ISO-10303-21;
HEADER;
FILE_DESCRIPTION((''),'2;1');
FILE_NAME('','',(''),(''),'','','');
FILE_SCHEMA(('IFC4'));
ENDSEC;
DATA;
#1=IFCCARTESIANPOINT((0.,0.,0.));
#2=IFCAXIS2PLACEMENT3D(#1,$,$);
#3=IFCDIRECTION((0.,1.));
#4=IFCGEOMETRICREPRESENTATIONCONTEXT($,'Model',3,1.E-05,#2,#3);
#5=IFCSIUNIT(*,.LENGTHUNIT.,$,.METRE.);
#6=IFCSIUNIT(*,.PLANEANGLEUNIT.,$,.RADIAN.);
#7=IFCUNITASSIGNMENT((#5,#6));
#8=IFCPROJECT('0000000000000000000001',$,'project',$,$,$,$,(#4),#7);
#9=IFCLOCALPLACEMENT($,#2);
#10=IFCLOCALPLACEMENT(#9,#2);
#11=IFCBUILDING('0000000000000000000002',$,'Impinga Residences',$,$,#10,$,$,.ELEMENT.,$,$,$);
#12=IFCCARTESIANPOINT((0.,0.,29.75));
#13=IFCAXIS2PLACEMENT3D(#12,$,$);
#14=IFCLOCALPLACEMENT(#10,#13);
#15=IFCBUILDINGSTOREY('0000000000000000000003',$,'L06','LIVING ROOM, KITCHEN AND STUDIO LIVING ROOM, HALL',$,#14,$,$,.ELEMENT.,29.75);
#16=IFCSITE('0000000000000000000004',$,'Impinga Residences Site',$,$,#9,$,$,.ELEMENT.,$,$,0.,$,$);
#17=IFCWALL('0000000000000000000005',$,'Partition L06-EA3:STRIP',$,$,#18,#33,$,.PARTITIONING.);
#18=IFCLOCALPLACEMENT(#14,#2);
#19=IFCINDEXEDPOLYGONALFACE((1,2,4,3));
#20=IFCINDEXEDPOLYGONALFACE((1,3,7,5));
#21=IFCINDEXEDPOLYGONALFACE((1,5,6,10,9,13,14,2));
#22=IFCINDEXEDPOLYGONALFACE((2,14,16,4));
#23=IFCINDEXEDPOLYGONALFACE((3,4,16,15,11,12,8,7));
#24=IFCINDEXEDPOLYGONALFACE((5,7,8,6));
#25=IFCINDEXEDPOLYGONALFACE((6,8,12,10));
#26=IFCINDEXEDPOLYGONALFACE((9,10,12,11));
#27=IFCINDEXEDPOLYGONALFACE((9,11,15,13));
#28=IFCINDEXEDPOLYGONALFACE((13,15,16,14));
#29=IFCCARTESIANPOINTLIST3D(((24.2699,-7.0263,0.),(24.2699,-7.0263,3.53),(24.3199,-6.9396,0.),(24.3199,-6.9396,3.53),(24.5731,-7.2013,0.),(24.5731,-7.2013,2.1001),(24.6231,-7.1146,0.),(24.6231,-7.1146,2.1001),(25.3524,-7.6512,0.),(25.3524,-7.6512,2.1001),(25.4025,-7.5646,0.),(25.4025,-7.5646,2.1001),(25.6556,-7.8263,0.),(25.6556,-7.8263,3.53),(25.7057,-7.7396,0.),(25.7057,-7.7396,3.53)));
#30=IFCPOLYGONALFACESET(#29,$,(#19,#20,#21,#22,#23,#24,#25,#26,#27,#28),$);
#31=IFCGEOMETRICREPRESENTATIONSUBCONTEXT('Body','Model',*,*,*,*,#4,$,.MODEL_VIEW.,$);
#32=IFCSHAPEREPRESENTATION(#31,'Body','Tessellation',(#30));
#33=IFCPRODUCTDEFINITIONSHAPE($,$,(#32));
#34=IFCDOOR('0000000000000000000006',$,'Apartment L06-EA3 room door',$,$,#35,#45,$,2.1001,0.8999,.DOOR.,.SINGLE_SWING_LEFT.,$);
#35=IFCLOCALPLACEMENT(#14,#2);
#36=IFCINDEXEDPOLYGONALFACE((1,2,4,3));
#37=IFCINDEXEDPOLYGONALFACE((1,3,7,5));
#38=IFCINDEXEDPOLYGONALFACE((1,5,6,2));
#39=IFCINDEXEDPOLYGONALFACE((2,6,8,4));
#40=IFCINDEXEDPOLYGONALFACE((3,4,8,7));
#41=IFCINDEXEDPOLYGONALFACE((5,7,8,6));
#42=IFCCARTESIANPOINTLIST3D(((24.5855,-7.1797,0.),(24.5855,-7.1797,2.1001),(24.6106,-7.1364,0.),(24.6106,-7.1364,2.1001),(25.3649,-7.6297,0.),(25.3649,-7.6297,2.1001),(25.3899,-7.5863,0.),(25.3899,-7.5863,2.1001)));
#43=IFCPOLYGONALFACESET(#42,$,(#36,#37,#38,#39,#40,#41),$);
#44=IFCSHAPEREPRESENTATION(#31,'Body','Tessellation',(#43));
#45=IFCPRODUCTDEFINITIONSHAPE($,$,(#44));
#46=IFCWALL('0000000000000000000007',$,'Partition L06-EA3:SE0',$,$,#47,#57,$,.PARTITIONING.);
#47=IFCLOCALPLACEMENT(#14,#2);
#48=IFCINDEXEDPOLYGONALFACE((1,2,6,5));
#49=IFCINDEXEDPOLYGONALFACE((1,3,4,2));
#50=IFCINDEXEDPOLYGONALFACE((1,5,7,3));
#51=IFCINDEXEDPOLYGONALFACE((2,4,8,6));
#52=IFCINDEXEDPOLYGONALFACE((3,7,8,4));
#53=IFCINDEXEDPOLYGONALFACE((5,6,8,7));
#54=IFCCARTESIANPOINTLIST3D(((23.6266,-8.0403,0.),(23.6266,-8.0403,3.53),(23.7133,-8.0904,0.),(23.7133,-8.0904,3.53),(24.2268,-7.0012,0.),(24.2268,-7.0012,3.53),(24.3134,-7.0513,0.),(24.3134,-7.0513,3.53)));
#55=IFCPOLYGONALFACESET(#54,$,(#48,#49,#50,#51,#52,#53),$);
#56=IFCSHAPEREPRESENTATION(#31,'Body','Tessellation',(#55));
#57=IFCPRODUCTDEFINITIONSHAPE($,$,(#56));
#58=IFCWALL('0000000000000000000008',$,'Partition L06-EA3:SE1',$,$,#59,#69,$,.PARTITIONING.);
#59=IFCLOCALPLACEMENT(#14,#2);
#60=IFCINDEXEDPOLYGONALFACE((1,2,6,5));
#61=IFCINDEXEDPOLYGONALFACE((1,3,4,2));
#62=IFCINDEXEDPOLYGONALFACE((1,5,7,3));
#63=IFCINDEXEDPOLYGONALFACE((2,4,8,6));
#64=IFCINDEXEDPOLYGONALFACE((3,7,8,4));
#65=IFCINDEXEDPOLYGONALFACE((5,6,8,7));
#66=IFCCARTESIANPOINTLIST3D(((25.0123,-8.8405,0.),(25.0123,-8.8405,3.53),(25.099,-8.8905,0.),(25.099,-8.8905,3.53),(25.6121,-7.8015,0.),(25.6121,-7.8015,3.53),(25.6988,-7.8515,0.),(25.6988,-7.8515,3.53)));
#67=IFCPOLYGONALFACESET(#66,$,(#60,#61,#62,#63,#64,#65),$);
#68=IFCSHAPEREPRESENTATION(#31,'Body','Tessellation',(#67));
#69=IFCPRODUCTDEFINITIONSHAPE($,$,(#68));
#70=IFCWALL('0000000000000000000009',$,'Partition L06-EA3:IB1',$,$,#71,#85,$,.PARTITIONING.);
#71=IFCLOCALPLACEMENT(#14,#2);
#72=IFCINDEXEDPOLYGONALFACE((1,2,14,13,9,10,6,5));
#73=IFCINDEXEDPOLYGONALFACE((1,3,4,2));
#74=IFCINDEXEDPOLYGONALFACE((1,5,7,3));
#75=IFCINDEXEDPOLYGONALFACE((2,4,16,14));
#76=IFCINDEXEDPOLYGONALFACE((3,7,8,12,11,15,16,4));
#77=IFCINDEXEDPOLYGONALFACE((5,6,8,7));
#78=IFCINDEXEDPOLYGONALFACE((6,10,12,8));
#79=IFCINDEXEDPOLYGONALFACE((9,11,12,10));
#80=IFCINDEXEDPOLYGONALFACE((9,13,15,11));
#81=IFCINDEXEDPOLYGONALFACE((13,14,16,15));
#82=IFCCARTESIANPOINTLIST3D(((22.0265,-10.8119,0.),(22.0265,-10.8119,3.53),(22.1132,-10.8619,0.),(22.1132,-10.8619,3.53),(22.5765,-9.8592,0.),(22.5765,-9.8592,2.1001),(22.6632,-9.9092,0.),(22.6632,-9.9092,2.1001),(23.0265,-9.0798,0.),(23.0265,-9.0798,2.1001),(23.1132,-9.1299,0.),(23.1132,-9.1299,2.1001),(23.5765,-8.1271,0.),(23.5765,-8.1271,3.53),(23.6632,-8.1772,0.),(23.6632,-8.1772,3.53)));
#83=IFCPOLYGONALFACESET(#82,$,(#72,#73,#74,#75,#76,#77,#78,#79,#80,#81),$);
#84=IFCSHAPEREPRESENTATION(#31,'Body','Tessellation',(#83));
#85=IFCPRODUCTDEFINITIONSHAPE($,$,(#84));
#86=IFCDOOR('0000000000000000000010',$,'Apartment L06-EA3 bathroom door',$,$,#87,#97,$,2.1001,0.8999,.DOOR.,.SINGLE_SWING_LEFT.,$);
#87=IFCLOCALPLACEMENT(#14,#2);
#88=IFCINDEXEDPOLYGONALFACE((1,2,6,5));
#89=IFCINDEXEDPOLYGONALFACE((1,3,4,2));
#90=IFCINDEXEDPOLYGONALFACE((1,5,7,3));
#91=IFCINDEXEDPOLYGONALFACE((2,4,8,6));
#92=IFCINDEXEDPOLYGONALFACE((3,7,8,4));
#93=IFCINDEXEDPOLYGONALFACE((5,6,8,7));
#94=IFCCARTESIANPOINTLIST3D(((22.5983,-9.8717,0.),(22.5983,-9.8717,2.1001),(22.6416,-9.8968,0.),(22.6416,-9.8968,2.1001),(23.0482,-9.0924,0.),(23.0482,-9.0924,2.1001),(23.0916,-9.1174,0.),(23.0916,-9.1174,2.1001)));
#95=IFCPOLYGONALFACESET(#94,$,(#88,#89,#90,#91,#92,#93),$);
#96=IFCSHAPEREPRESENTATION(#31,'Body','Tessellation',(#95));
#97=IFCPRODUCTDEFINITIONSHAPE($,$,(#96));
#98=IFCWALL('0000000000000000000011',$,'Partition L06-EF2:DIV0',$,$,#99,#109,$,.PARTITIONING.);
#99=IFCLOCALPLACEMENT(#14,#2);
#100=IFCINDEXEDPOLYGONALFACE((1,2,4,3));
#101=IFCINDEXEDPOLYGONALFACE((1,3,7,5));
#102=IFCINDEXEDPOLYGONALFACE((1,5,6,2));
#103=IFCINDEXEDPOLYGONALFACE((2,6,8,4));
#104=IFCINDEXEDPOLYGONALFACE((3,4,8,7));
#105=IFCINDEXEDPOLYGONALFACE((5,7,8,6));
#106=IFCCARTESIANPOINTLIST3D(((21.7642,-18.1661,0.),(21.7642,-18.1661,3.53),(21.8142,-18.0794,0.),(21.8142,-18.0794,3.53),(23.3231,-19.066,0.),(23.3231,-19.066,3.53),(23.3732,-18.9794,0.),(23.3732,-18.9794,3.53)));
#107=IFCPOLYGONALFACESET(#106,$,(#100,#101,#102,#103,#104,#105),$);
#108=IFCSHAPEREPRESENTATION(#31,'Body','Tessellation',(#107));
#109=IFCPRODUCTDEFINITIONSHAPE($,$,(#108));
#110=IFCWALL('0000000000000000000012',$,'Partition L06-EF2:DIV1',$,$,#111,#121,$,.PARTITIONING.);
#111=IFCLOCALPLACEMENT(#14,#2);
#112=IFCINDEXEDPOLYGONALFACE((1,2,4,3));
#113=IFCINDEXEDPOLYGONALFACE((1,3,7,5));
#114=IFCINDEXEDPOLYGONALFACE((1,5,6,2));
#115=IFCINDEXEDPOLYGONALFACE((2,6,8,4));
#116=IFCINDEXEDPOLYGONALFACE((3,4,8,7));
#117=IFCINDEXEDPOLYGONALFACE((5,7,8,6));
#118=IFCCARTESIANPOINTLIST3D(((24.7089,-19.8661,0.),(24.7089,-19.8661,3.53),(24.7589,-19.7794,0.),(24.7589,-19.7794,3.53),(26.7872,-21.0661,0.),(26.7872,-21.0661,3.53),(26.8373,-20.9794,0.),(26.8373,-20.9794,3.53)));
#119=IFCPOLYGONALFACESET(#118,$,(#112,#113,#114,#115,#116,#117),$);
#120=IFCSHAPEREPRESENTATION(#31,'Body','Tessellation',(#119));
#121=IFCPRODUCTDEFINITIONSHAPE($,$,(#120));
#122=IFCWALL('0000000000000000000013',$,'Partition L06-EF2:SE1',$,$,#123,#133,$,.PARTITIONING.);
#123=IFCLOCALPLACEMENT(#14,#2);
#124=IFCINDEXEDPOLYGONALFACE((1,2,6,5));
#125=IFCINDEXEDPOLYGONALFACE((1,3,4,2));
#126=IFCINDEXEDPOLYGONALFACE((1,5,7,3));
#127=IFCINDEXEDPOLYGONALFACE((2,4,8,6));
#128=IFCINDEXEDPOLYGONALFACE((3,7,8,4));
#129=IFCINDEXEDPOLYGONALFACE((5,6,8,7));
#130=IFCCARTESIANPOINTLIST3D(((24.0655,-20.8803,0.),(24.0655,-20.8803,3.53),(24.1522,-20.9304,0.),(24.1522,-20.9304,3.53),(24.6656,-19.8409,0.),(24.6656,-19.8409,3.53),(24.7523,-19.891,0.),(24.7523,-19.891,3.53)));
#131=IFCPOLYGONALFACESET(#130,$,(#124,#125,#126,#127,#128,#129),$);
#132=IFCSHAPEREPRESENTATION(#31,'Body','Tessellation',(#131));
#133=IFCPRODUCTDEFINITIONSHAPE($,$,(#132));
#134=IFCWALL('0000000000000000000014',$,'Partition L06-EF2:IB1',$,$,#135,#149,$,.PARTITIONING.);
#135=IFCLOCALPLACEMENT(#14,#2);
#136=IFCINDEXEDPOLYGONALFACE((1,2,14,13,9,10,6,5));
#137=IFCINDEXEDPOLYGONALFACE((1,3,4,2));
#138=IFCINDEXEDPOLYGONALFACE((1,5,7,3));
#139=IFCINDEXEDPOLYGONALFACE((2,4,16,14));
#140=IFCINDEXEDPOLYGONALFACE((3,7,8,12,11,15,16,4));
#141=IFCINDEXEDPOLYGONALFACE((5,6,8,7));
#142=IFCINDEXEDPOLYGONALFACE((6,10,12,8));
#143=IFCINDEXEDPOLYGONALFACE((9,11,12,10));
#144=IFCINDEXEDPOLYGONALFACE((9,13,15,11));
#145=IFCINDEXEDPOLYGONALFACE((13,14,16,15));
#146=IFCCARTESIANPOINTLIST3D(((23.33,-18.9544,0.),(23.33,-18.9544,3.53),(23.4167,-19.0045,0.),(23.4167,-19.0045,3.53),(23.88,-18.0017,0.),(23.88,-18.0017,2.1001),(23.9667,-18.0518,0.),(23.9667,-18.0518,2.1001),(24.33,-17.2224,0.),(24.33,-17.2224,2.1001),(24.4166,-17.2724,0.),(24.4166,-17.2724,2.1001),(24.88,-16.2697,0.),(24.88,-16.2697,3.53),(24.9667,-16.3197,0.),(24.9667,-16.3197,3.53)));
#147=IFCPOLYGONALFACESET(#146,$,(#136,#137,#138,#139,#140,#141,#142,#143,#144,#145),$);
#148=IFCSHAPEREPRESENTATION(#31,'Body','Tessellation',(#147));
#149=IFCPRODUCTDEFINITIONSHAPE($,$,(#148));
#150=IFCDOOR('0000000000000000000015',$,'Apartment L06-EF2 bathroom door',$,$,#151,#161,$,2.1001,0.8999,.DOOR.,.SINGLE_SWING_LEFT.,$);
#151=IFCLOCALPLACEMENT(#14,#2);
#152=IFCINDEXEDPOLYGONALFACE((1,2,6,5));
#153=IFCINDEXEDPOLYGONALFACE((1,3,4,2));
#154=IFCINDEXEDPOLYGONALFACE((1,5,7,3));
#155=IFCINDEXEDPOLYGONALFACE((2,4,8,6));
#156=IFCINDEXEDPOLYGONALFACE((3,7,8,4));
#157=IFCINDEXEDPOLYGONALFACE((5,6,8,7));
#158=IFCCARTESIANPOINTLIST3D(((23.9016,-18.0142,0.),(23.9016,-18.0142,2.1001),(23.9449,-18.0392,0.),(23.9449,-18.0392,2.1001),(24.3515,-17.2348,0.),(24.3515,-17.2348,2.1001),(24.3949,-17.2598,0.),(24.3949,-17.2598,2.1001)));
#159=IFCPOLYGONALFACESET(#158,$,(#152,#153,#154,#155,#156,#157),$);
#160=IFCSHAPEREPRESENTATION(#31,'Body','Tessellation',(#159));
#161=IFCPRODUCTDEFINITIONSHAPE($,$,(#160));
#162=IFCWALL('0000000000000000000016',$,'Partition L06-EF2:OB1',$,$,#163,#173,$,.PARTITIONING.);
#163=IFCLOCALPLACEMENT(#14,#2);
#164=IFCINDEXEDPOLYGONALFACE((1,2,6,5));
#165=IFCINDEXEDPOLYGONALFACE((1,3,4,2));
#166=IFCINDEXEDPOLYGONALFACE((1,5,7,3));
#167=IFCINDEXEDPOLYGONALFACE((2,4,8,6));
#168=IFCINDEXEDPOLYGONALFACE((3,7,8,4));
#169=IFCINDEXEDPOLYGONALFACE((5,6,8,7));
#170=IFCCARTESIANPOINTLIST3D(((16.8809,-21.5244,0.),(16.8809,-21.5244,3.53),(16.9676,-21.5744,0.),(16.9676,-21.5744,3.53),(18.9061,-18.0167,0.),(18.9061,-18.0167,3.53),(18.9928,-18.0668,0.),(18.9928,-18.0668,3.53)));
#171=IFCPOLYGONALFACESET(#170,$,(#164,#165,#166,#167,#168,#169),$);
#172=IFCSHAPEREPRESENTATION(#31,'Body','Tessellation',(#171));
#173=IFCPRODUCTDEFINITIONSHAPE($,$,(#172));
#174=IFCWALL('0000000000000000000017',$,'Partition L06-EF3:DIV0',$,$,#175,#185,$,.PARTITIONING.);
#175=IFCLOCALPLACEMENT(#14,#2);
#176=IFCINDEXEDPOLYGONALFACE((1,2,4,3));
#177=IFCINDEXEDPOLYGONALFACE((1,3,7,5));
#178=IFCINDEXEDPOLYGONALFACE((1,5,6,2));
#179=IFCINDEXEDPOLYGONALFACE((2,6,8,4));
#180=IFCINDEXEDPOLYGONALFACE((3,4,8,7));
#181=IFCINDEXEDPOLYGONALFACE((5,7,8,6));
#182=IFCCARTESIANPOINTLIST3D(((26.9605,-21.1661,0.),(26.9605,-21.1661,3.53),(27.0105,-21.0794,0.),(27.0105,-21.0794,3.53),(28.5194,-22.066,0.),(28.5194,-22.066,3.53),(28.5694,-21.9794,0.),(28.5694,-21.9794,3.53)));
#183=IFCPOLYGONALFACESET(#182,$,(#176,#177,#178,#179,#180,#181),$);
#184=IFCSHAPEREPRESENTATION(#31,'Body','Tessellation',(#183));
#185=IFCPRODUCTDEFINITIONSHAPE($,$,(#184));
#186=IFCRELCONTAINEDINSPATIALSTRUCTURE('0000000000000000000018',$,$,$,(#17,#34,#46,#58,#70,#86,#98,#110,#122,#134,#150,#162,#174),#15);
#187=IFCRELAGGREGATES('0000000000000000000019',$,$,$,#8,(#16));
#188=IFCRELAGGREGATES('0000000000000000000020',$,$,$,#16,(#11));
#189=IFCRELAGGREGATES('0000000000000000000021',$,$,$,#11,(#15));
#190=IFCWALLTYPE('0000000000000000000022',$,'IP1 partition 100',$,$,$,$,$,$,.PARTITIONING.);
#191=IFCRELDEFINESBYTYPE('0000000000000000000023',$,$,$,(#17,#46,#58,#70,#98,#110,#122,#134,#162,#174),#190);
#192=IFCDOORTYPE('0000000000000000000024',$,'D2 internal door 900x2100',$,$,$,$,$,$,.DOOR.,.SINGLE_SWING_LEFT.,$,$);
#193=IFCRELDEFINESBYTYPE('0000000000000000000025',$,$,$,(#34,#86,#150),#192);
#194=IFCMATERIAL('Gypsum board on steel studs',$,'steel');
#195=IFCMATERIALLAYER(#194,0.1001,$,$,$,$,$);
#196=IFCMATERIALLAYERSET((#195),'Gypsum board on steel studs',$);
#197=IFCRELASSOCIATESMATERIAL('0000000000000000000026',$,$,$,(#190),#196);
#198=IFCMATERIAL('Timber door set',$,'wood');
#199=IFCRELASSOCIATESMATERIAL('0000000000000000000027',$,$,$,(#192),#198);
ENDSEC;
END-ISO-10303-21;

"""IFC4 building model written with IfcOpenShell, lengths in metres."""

from ifc_helpers import new_model, si_unit, direction, frame, frame_2d, origin, place, context, subcontext, project, spatial, rectangle, extrude, material, layer, layer_set, type_object, element, fill, save


model = new_model("IFC4")

# Units and contexts
model_context = context("Model", 3, precision=1e-05, world=origin(), true_north=direction((0.0, 1.0)))
body_context = subcontext(model_context, "Body", "Model", "MODEL_VIEW")
ifc_project = project(units=[si_unit("LENGTHUNIT", "METRE"), si_unit("PLANEANGLEUNIT", "RADIAN")], contexts=[model_context])

# Site, building, storey
site_placement = place(None, origin())
site = spatial("IfcSite", under=ifc_project, at=site_placement, Name="Impinga Residences Site", CompositionType="ELEMENT", RefElevation=0.0)
building_placement = place(site_placement, origin())
building = spatial("IfcBuilding", under=site, at=building_placement, Name="Impinga Residences", CompositionType="ELEMENT")
storey_placement = place(building_placement, frame((0.0, 0.0, 29.75)))
storey = spatial("IfcBuildingStorey", under=building, at=storey_placement, Name="L06", Description="LIVING ROOM, KITCHEN AND STUDIO LIVING ROOM, HALL", CompositionType="ELEMENT", Elevation=29.75)

# Shared definitions
ifc_material_1 = material(Name="Gypsum board on steel studs", Category="steel")
ifc_layer_1 = layer(ifc_material_1, 0.1001)
ifc_layer_set_1 = layer_set([ifc_layer_1], Name="Gypsum board on steel studs")
wall_type_1 = type_object("IfcWallType", Name="IP1 partition 100", PredefinedType="PARTITIONING", material=ifc_layer_set_1)

# Shared definitions
ifc_material_2 = material(Name="Timber door set", Category="wood")
door_type = type_object("IfcDoorType", Name="D2 internal door 900x2100", OperationType="SINGLE_SWING_LEFT", PredefinedType="DOOR", material=ifc_material_2)

# Wall, opening, door
wall_1_placement = place(storey_placement, frame((24.2949, -6.9829, 0.0), z_axis=(0.0, 0.0, 1.0), x_axis=(0.866028, -0.499995, 0.0)))
wall_1 = element("IfcWall", 1, at=wall_1_placement, inside=storey, type_object=wall_type_1, Name="Partition L06-EA3:STRIP", PredefinedType="PARTITIONING", context=body_context, shape_type="SweptSolid", body=[
    extrude(rectangle(XDim=1.6001, YDim=0.1001, at=frame_2d((0.8, 0.0))), origin(), (0.0, 0.0, 1.0), 3.53),
])
opening_1_placement = place(wall_1_placement, frame((0.3501, 0.0, 0.0)))
opening_1 = element("IfcOpeningElement", 2, at=opening_1_placement, cuts=wall_1, PredefinedType="OPENING", context=body_context, shape_type="SweptSolid", body=[
    extrude(rectangle(XDim=0.8999, YDim=2.1001, at=frame_2d((0.45, 1.05))), frame((0.0, 0.0601, 0.0), z_axis=(0.0, -1.0, 0.0), x_axis=(1.0, 0.0, 0.0)), (0.0, 0.0, 1.0), 0.1201),
])
door_1_placement = place(opening_1_placement, origin())
door_1 = element("IfcDoor", 3, at=door_1_placement, inside=storey, type_object=door_type, Name="Apartment L06-EA3 room door", OperationType="SINGLE_SWING_LEFT", OverallHeight=2.1001, OverallWidth=0.8999, PredefinedType="DOOR", context=body_context, shape_type="SweptSolid", body=[
    extrude(rectangle(XDim=0.8999, YDim=2.1001, at=frame_2d((0.45, 1.05))), frame((0.0, 0.0249, 0.0), z_axis=(0.0, -1.0, 0.0), x_axis=(1.0, 0.0, 0.0)), (0.0, 0.0, 1.0), 0.05),
])
fill(opening_1, door_1)

# Walls
wall_2_placement = place(storey_placement, frame((23.6699, -8.0654, 0.0), z_axis=(0.0, 0.0, 1.0), x_axis=(0.500122, 0.865955, 0.0)))
element("IfcWall", 4, at=wall_2_placement, inside=storey, type_object=wall_type_1, Name="Partition L06-EA3:SE0", PredefinedType="PARTITIONING", context=body_context, shape_type="SweptSolid", body=[
    extrude(rectangle(XDim=1.2, YDim=0.1001, at=frame_2d((0.6001, 0.0))), origin(), (0.0, 0.0, 1.0), 3.53),
])
wall_3_placement = place(storey_placement, frame((25.0557, -8.8655, 0.0), z_axis=(0.0, 0.0, 1.0), x_axis=(0.499969, 0.866043, 0.0)))
element("IfcWall", 5, at=wall_3_placement, inside=storey, type_object=wall_type_1, Name="Partition L06-EA3:SE1", PredefinedType="PARTITIONING", context=body_context, shape_type="SweptSolid", body=[
    extrude(rectangle(XDim=1.1997, YDim=0.1001, at=frame_2d((0.5999, 0.0))), origin(), (0.0, 0.0, 1.0), 3.53),
])

# Wall, opening, door
wall_4_placement = place(storey_placement, frame((22.0698, -10.8369, 0.0), z_axis=(0.0, 0.0, 1.0), x_axis=(0.499993, 0.86603, 0.0)))
wall_4 = element("IfcWall", 6, at=wall_4_placement, inside=storey, type_object=wall_type_1, Name="Partition L06-EA3:IB1", PredefinedType="PARTITIONING", context=body_context, shape_type="SweptSolid", body=[
    extrude(rectangle(XDim=3.1001, YDim=0.1001, at=frame_2d((1.55, 0.0))), origin(), (0.0, 0.0, 1.0), 3.53),
])
opening_2_placement = place(wall_4_placement, frame((1.1001, 0.0, 0.0)))
opening_2 = element("IfcOpeningElement", 7, at=opening_2_placement, cuts=wall_4, PredefinedType="OPENING", context=body_context, shape_type="SweptSolid", body=[
    extrude(rectangle(XDim=0.8999, YDim=2.1001, at=frame_2d((0.45, 1.05))), frame((0.0, 0.0601, 0.0), z_axis=(0.0, -1.0, 0.0), x_axis=(1.0, 0.0, 0.0)), (0.0, 0.0, 1.0), 0.1201),
])
door_2_placement = place(opening_2_placement, origin())
door_2 = element("IfcDoor", 8, at=door_2_placement, inside=storey, type_object=door_type, Name="Apartment L06-EA3 bathroom door", OperationType="SINGLE_SWING_LEFT", OverallHeight=2.1001, OverallWidth=0.8999, PredefinedType="DOOR", context=body_context, shape_type="SweptSolid", body=[
    extrude(rectangle(XDim=0.8999, YDim=2.1001, at=frame_2d((0.45, 1.05))), frame((0.0, 0.0249, 0.0), z_axis=(0.0, -1.0, 0.0), x_axis=(1.0, 0.0, 0.0)), (0.0, 0.0, 1.0), 0.05),
])
fill(opening_2, door_2)

# Walls
wall_5_placement = place(storey_placement, frame((21.7893, -18.1228, 0.0), z_axis=(0.0, 0.0, 1.0), x_axis=(0.866048, -0.499961, 0.0)))
element("IfcWall", 9, at=wall_5_placement, inside=storey, type_object=wall_type_1, Name="Partition L06-EF2:DIV0", PredefinedType="PARTITIONING", context=body_context, shape_type="SweptSolid", body=[
    extrude(rectangle(XDim=1.8, YDim=0.1001, at=frame_2d((0.8999, 0.0))), origin(), (0.0, 0.0, 1.0), 3.53),
])
wall_6_placement = place(storey_placement, frame((24.7339, -19.8228, 0.0), z_axis=(0.0, 0.0, 1.0), x_axis=(0.866025, -0.500001, 0.0)))
element("IfcWall", 10, at=wall_6_placement, inside=storey, type_object=wall_type_1, Name="Partition L06-EF2:DIV1", PredefinedType="PARTITIONING", context=body_context, shape_type="SweptSolid", body=[
    extrude(rectangle(XDim=2.3999, YDim=0.1001, at=frame_2d((1.2, 0.0))), origin(), (0.0, 0.0, 1.0), 3.53),
])
wall_7_placement = place(storey_placement, frame((24.709, -19.866, 0.0), z_axis=(0.0, 0.0, 1.0), x_axis=(-0.500034, -0.866006, 0.0)))
element("IfcWall", 11, at=wall_7_placement, inside=storey, type_object=wall_type_1, Name="Partition L06-EF2:SE1", PredefinedType="PARTITIONING", context=body_context, shape_type="SweptSolid", body=[
    extrude(rectangle(XDim=1.2002, YDim=0.1001, at=frame_2d((0.6001, 0.0))), origin(), (0.0, 0.0, 1.0), 3.53),
])

# Wall, opening, door
wall_8_placement = place(storey_placement, frame((24.9233, -16.2947, 0.0), z_axis=(0.0, 0.0, 1.0), x_axis=(-0.499993, -0.86603, 0.0)))
wall_8 = element("IfcWall", 12, at=wall_8_placement, inside=storey, type_object=wall_type_1, Name="Partition L06-EF2:IB1", PredefinedType="PARTITIONING", context=body_context, shape_type="SweptSolid", body=[
    extrude(rectangle(XDim=3.1001, YDim=0.1001, at=frame_2d((1.55, 0.0))), origin(), (0.0, 0.0, 1.0), 3.53),
])
opening_3_placement = place(wall_8_placement, frame((1.1001, 0.0, 0.0)))
opening_3 = element("IfcOpeningElement", 13, at=opening_3_placement, cuts=wall_8, PredefinedType="OPENING", context=body_context, shape_type="SweptSolid", body=[
    extrude(rectangle(XDim=0.8999, YDim=2.1001, at=frame_2d((0.45, 1.05))), frame((0.0, 0.0601, 0.0), z_axis=(0.0, -1.0, 0.0), x_axis=(1.0, 0.0, 0.0)), (0.0, 0.0, 1.0), 0.1201),
])
door_3_placement = place(opening_3_placement, origin())
door_3 = element("IfcDoor", 14, at=door_3_placement, inside=storey, type_object=door_type, Name="Apartment L06-EF2 bathroom door", OperationType="SINGLE_SWING_LEFT", OverallHeight=2.1001, OverallWidth=0.8999, PredefinedType="DOOR", context=body_context, shape_type="SweptSolid", body=[
    extrude(rectangle(XDim=0.8999, YDim=2.1001, at=frame_2d((0.45, 1.05))), frame((0.0, 0.0249, 0.0), z_axis=(0.0, -1.0, 0.0), x_axis=(1.0, 0.0, 0.0)), (0.0, 0.0, 1.0), 0.05),
])
fill(opening_3, door_3)

# Walls
wall_9_placement = place(storey_placement, frame((18.9495, -18.0417, 0.0), z_axis=(0.0, 0.0, 1.0), x_axis=(-0.500009, -0.86602, 0.0)))
element("IfcWall", 15, at=wall_9_placement, inside=storey, type_object=wall_type_1, Name="Partition L06-EF2:OB1", PredefinedType="PARTITIONING", context=body_context, shape_type="SweptSolid", body=[
    extrude(rectangle(XDim=4.0503, YDim=0.1001, at=frame_2d((2.0251, 0.0))), origin(), (0.0, 0.0, 1.0), 3.53),
])
wall_10_placement = place(storey_placement, frame((26.9856, -21.1228, 0.0), z_axis=(0.0, 0.0, 1.0), x_axis=(0.866048, -0.499961, 0.0)))
element("IfcWall", 16, at=wall_10_placement, inside=storey, type_object=wall_type_1, Name="Partition L06-EF3:DIV0", PredefinedType="PARTITIONING", context=body_context, shape_type="SweptSolid", body=[
    extrude(rectangle(XDim=1.8, YDim=0.1001, at=frame_2d((0.8999, 0.0))), origin(), (0.0, 0.0, 1.0), 3.53),
])

save(model, "model.ifc")
